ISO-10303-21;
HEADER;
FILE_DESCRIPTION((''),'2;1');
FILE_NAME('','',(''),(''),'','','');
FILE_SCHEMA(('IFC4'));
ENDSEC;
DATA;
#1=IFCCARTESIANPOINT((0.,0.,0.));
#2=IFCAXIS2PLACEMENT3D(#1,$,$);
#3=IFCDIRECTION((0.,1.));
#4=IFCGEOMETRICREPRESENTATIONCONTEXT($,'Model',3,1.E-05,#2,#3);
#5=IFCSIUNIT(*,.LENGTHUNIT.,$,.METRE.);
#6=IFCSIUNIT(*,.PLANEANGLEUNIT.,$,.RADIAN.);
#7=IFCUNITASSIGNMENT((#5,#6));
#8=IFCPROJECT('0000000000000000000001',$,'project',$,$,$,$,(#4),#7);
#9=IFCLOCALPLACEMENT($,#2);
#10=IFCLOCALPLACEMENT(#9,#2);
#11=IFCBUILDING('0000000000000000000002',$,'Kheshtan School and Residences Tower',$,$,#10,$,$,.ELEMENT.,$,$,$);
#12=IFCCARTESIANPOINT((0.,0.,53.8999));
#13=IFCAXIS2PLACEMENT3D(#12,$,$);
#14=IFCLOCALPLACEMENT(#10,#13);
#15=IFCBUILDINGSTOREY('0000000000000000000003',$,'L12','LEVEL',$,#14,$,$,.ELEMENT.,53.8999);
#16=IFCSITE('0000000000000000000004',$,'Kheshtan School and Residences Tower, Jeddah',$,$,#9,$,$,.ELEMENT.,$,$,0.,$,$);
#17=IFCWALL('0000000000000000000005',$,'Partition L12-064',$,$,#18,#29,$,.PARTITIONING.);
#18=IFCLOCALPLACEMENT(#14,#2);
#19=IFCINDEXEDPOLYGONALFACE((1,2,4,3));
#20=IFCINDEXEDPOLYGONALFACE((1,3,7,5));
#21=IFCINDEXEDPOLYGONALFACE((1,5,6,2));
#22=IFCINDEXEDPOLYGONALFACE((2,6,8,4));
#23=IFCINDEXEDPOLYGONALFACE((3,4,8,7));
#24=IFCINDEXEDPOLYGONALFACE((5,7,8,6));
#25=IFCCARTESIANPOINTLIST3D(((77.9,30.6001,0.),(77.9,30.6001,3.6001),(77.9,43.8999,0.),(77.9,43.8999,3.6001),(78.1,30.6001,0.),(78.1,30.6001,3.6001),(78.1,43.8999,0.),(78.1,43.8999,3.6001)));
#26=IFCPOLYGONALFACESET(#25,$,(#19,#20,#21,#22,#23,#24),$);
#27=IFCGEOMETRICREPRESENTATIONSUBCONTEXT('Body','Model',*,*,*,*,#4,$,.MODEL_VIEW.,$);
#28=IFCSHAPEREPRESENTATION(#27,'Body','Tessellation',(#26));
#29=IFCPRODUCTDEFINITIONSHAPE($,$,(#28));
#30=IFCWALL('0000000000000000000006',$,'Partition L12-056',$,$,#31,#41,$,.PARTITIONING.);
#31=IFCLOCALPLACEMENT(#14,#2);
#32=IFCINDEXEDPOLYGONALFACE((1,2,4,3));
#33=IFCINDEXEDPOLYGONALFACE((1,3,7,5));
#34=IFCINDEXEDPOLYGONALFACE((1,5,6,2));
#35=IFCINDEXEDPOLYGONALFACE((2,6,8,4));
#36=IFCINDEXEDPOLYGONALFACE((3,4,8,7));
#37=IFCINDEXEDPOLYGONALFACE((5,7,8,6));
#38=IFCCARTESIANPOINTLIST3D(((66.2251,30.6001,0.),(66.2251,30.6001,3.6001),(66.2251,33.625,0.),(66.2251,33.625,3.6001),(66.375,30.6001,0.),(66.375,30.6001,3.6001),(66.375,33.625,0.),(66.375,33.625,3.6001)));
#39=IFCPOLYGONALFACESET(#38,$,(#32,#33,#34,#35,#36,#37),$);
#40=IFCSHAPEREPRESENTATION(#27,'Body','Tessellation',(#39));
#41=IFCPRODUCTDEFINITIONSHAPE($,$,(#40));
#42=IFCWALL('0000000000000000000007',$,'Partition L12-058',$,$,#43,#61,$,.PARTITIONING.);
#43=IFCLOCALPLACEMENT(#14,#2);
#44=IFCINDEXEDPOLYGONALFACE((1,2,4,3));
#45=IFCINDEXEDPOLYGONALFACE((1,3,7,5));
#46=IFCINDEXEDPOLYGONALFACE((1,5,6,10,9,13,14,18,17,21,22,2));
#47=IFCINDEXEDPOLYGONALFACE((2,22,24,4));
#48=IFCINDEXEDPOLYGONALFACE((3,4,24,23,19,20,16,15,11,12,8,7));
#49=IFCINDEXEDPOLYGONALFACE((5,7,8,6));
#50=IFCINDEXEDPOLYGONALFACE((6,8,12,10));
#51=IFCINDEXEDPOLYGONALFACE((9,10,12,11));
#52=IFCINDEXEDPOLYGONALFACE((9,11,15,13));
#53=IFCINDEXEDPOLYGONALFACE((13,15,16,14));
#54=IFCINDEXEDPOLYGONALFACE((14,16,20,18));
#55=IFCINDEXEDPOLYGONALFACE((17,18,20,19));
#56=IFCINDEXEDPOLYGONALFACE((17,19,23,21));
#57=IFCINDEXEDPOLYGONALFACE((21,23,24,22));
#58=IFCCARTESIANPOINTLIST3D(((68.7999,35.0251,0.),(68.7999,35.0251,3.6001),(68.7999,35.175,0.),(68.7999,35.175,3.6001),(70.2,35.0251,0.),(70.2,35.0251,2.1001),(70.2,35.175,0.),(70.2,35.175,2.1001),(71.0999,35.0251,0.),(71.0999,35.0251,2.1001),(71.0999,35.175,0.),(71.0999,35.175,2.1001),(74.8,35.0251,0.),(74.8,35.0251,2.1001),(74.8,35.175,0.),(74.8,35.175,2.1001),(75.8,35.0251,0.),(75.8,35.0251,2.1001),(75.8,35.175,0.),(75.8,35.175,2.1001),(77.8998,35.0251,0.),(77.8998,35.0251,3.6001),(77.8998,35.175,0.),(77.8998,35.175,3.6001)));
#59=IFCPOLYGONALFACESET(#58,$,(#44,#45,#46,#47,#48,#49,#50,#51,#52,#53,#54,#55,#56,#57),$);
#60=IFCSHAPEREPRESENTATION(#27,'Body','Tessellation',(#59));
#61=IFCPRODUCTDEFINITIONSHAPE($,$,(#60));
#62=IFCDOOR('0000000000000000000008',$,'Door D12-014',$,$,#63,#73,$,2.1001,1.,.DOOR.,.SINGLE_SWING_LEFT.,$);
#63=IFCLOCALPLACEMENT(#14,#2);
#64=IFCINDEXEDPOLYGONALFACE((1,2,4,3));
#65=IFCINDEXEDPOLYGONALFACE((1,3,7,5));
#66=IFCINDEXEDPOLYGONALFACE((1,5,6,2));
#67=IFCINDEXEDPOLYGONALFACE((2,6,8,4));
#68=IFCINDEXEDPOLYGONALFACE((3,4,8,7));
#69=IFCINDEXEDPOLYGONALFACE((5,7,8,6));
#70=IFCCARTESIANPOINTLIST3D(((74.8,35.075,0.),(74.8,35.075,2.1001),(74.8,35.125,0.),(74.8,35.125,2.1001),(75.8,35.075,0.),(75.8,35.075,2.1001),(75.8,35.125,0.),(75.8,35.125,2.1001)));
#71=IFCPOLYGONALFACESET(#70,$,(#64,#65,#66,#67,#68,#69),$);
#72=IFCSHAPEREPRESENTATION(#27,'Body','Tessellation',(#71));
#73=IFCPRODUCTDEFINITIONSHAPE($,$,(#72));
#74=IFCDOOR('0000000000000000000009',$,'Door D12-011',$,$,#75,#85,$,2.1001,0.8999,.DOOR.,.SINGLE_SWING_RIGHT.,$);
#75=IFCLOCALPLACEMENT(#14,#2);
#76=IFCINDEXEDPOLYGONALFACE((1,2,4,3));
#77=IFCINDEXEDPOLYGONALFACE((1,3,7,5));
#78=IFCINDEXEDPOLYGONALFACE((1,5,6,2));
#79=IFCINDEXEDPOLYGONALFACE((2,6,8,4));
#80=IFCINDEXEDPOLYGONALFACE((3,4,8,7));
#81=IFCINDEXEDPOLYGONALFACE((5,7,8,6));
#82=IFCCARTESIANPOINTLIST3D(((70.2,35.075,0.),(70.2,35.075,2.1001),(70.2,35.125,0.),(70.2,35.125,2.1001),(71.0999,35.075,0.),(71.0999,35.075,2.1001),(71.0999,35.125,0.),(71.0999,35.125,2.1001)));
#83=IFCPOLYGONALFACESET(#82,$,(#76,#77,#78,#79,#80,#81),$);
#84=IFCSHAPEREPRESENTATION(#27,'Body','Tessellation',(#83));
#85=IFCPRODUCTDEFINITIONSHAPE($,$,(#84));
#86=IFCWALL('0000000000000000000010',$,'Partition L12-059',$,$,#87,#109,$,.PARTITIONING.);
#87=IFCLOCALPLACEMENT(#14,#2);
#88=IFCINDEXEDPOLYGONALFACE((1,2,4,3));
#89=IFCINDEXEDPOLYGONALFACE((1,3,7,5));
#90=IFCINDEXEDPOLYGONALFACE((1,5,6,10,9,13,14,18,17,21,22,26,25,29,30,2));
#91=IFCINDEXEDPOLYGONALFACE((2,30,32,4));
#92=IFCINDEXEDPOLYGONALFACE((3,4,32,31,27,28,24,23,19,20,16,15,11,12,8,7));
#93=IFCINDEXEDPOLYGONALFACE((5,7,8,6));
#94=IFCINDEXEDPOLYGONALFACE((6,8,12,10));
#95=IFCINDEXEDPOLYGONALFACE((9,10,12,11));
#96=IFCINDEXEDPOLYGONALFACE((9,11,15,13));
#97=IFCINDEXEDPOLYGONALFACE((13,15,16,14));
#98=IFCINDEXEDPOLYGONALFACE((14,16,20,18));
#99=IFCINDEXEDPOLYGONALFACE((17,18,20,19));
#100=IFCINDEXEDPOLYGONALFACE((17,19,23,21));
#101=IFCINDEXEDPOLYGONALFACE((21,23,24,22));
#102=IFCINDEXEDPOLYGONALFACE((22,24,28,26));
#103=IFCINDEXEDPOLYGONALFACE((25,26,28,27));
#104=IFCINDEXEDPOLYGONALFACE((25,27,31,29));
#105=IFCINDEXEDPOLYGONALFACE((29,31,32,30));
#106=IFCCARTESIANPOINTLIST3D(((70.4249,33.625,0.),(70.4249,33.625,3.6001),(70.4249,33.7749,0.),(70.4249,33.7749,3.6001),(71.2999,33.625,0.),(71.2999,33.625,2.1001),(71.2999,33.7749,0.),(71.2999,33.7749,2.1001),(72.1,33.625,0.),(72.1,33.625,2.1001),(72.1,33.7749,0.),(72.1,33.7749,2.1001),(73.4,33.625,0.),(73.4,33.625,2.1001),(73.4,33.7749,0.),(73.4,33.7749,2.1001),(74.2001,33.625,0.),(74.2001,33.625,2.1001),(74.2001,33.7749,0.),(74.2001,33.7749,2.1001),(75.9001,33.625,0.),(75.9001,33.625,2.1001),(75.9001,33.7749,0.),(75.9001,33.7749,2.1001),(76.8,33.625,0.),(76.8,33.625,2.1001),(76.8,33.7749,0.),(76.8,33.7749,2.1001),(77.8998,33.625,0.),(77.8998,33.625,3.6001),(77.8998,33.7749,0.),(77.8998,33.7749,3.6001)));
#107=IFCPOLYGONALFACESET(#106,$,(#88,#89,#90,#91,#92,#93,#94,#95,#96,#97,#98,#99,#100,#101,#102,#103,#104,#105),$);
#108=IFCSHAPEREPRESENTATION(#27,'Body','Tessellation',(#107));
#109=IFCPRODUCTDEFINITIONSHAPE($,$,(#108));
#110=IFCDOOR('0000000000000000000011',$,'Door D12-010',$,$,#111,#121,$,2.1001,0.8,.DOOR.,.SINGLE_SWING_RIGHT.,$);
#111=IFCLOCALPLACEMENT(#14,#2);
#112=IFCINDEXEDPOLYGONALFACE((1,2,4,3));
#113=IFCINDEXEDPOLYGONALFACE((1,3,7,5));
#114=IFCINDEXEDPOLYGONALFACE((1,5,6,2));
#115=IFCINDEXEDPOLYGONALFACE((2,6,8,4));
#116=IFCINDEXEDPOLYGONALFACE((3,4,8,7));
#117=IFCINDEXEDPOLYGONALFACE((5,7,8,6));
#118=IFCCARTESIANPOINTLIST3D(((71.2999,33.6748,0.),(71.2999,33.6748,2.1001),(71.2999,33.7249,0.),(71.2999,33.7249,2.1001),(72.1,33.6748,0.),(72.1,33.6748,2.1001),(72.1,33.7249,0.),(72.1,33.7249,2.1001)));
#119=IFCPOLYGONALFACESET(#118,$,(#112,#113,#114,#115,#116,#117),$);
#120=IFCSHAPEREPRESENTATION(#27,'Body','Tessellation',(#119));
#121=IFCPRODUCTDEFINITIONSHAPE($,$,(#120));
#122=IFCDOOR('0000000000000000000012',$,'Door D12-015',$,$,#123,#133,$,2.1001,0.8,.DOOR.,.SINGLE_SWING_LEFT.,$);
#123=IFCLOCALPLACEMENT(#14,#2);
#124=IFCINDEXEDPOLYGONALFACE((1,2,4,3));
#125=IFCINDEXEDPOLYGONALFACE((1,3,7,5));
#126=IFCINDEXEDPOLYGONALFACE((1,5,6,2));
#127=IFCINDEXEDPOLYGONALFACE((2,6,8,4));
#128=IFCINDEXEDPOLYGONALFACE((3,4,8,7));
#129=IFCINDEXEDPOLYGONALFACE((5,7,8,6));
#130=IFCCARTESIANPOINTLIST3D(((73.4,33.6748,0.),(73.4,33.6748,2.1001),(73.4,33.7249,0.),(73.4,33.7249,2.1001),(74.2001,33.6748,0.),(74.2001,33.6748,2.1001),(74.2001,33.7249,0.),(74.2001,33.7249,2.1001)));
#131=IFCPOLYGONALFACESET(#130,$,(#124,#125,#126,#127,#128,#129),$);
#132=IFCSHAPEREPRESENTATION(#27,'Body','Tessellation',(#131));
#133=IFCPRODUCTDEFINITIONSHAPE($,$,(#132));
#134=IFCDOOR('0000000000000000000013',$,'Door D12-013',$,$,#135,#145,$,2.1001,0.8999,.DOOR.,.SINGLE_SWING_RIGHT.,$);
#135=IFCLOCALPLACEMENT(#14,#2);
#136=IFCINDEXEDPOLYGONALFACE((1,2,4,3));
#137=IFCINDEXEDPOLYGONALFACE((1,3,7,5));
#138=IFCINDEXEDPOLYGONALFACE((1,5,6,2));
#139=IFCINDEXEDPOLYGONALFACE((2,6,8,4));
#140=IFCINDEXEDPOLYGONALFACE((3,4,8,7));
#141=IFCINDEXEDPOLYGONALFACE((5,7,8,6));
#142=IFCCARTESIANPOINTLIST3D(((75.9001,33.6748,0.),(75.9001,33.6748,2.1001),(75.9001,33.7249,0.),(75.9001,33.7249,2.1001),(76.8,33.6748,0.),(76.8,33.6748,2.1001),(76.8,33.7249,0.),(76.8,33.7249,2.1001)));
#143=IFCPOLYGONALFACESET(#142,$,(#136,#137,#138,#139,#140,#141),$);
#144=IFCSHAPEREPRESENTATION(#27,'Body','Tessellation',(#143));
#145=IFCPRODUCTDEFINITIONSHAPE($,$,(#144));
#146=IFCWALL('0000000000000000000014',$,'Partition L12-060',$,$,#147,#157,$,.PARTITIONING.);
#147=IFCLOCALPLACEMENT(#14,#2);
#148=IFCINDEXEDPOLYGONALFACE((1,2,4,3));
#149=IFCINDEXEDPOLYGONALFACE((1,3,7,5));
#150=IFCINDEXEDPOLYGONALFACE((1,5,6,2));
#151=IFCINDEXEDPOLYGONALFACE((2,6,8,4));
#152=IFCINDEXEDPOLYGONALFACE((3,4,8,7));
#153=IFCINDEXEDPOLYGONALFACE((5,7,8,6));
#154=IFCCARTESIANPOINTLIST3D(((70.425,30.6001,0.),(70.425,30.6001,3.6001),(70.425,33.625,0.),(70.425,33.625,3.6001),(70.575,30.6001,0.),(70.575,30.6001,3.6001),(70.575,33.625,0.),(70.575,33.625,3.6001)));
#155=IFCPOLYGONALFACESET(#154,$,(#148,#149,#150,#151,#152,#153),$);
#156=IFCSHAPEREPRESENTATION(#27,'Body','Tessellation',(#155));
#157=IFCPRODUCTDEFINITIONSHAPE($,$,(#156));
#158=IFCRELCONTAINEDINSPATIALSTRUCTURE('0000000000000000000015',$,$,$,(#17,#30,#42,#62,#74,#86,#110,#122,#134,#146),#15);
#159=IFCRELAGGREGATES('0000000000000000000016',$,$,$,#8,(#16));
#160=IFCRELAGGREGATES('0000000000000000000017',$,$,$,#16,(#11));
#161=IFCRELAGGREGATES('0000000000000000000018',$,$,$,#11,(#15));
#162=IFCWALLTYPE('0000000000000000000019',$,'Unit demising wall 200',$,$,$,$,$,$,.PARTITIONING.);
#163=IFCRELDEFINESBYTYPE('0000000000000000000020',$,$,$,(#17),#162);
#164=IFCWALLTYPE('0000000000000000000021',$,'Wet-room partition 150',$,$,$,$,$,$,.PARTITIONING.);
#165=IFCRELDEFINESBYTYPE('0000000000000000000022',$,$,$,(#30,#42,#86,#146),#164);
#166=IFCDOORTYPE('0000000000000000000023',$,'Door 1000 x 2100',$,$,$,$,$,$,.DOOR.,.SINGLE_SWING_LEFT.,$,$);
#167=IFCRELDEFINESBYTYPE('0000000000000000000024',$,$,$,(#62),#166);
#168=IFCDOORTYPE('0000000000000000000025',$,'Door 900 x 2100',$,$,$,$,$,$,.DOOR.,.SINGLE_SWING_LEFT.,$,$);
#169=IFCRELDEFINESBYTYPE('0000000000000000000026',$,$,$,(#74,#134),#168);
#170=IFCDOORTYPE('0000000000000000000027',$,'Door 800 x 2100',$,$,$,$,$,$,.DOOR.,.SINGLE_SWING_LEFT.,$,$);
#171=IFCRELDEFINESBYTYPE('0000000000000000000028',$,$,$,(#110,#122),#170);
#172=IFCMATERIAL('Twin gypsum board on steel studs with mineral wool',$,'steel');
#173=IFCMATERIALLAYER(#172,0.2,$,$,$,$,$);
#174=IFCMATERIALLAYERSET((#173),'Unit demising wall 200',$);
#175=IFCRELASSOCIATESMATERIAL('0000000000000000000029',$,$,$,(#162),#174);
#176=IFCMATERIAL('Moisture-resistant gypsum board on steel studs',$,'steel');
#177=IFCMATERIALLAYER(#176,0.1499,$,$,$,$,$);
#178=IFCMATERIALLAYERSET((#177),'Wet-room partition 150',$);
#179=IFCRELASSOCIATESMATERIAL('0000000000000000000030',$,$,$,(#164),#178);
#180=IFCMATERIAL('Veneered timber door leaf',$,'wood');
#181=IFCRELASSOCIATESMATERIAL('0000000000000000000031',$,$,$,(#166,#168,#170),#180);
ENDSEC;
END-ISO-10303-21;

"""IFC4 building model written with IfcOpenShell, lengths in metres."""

from ifc_helpers import new_model, si_unit, direction, frame, frame_2d, origin, place, context, subcontext, project, spatial, rectangle, extrude, source, transform, mapped, material, layer, layer_set, type_object, element, fill, save


model = new_model("IFC4")

# Units and contexts
model_context = context("Model", 3, precision=1e-05, world=origin(), true_north=direction((0.0, 1.0)))
body_context = subcontext(model_context, "Body", "Model", "MODEL_VIEW")
ifc_project = project(units=[si_unit("LENGTHUNIT", "METRE"), si_unit("PLANEANGLEUNIT", "RADIAN")], contexts=[model_context])

# Site, building, storey
site_placement = place(None, origin())
site = spatial("IfcSite", under=ifc_project, at=site_placement, Name="Kheshtan School and Residences Tower, Jeddah", CompositionType="ELEMENT", RefElevation=0.0)
building_placement = place(site_placement, origin())
building = spatial("IfcBuilding", under=site, at=building_placement, Name="Kheshtan School and Residences Tower", CompositionType="ELEMENT")
storey_placement = place(building_placement, frame((0.0, 0.0, 53.8999)))
storey = spatial("IfcBuildingStorey", under=building, at=storey_placement, Name="L12", Description="LEVEL", CompositionType="ELEMENT", Elevation=53.8999)

# Walls
ifc_material_1 = material(Name="Twin gypsum board on steel studs with mineral wool", Category="steel")
ifc_layer_1 = layer(ifc_material_1, 0.2)
ifc_layer_set_1 = layer_set([ifc_layer_1], Name="Unit demising wall 200")
wall_type_1 = type_object("IfcWallType", Name="Unit demising wall 200", PredefinedType="PARTITIONING", material=ifc_layer_set_1)
for number, where, z_axis, x_axis, name in (
    (1, (78.0, 30.6001, 0.0), (0.0, 0.0, 1.0), (0.0, 1.0, 0.0), "Partition L12-064"),
):
    element("IfcWall", number, at=place(storey_placement, frame(where, z_axis=z_axis, x_axis=x_axis)), inside=storey, type_object=wall_type_1, Name=name, PredefinedType="PARTITIONING", context=body_context, shape_type="SweptSolid", body=[
        extrude(rectangle(XDim=13.2998, YDim=0.2, at=frame_2d((6.6499, 0.0))), origin(), (0.0, 0.0, 1.0), 3.6001),
    ])
ifc_material_2 = material(Name="Moisture-resistant gypsum board on steel studs", Category="steel")
ifc_layer_2 = layer(ifc_material_2, 0.1499)
ifc_layer_set_2 = layer_set([ifc_layer_2], Name="Wet-room partition 150")
wall_type_2 = type_object("IfcWallType", Name="Wet-room partition 150", PredefinedType="PARTITIONING", material=ifc_layer_set_2)
wall_1_placement = place(storey_placement, frame((66.3, 30.6001, 0.0), z_axis=(0.0, 0.0, 1.0), x_axis=(0.0, 1.0, 0.0)))
element("IfcWall", 2, at=wall_1_placement, inside=storey, type_object=wall_type_2, Name="Partition L12-056", PredefinedType="PARTITIONING", context=body_context, shape_type="SweptSolid", body=[
    extrude(rectangle(XDim=3.0249, YDim=0.1499, at=frame_2d((1.5125, 0.0))), origin(), (0.0, 0.0, 1.0), 3.6001),
])

# Walls, openings, doors
wall_2_placement = place(storey_placement, frame((68.8, 35.1001, 0.0), z_axis=(0.0, 0.0, 1.0), x_axis=(1.0, 0.0, 0.0)))
wall_2 = element("IfcWall", 3, at=wall_2_placement, inside=storey, type_object=wall_type_2, Name="Partition L12-058", PredefinedType="PARTITIONING", context=body_context, shape_type="SweptSolid", body=[
    extrude(rectangle(XDim=9.0999, YDim=0.1499, at=frame_2d((4.5498, 0.0))), origin(), (0.0, 0.0, 1.0), 3.6001),
])
opening_1_placement = place(wall_2_placement, frame((1.3999, 0.0, 0.0)))
opening_1 = element("IfcOpeningElement", 4, at=opening_1_placement, cuts=wall_2, PredefinedType="OPENING", context=body_context, shape_type="SweptSolid", body=[
    extrude(rectangle(XDim=0.8999, YDim=2.1001, at=frame_2d((0.45, 1.05))), frame((0.0, 0.085, 0.0), z_axis=(0.0, -1.0, 0.0), x_axis=(1.0, 0.0, 0.0)), (0.0, 0.0, 1.0), 0.1699),
])
opening_2_placement = place(wall_2_placement, frame((6.0, 0.0, 0.0)))
opening_2 = element("IfcOpeningElement", 5, at=opening_2_placement, cuts=wall_2, PredefinedType="OPENING", context=body_context, shape_type="SweptSolid", body=[
    extrude(rectangle(XDim=1.0, YDim=2.1001, at=frame_2d((0.5, 1.05))), frame((0.0, 0.085, 0.0), z_axis=(0.0, -1.0, 0.0), x_axis=(1.0, 0.0, 0.0)), (0.0, 0.0, 1.0), 0.1699),
])
ifc_material_3 = material(Name="Veneered timber door leaf", Category="wood")
door_type_1 = type_object("IfcDoorType", Name="Door 1000 x 2100", OperationType="SINGLE_SWING_LEFT", PredefinedType="DOOR", material=ifc_material_3)
shared_shape_1 = source(origin(), body_context, "Body", "SweptSolid", [
    extrude(rectangle(XDim=1.0, YDim=2.1001, at=frame_2d((0.5, 1.05))), frame((0.0, 0.0249, 0.0), z_axis=(0.0, -1.0, 0.0), x_axis=(1.0, 0.0, 0.0)), (0.0, 0.0, 1.0), 0.05),
])
door_1_placement = place(opening_2_placement, origin())
door_1 = element("IfcDoor", 6, at=door_1_placement, inside=storey, type_object=door_type_1, Name="Door D12-014", OperationType="SINGLE_SWING_LEFT", OverallHeight=2.1001, OverallWidth=1.0, PredefinedType="DOOR", context=body_context, shape_type="MappedRepresentation", body=[
    mapped(shared_shape_1, transform((0.0, 0.0, 0.0), x_axis=(1.0, 0.0, 0.0), y_axis=(0.0, 1.0, 0.0), z_axis=(0.0, 0.0, 1.0), scale=1.0)),
])
fill(opening_2, door_1)
door_type_2 = type_object("IfcDoorType", Name="Door 900 x 2100", OperationType="SINGLE_SWING_LEFT", PredefinedType="DOOR", material=ifc_material_3)
shared_shape_2 = source(origin(), body_context, "Body", "SweptSolid", [
    extrude(rectangle(XDim=0.8999, YDim=2.1001, at=frame_2d((0.45, 1.05))), frame((0.0, 0.0249, 0.0), z_axis=(0.0, -1.0, 0.0), x_axis=(1.0, 0.0, 0.0)), (0.0, 0.0, 1.0), 0.05),
])
door_2_placement = place(opening_1_placement, origin())
door_2 = element("IfcDoor", 7, at=door_2_placement, inside=storey, type_object=door_type_2, Name="Door D12-011", OperationType="SINGLE_SWING_RIGHT", OverallHeight=2.1001, OverallWidth=0.8999, PredefinedType="DOOR", context=body_context, shape_type="MappedRepresentation", body=[
    mapped(shared_shape_2, transform((0.0, 0.0, 0.0), x_axis=(1.0, 0.0, 0.0), y_axis=(0.0, 1.0, 0.0), z_axis=(0.0, 0.0, 1.0), scale=1.0)),
])
fill(opening_1, door_2)
wall_3_placement = place(storey_placement, frame((70.425, 33.7, 0.0), z_axis=(0.0, 0.0, 1.0), x_axis=(1.0, 0.0, 0.0)))
wall_3 = element("IfcWall", 8, at=wall_3_placement, inside=storey, type_object=wall_type_2, Name="Partition L12-059", PredefinedType="PARTITIONING", context=body_context, shape_type="SweptSolid", body=[
    extrude(rectangle(XDim=7.4749, YDim=0.1499, at=frame_2d((3.7373, 0.0))), origin(), (0.0, 0.0, 1.0), 3.6001),
])
opening_3_placement = place(wall_3_placement, frame((0.875, 0.0, 0.0)))
opening_3 = element("IfcOpeningElement", 9, at=opening_3_placement, cuts=wall_3, PredefinedType="OPENING", context=body_context, shape_type="SweptSolid", body=[
    extrude(rectangle(XDim=0.8, YDim=2.1001, at=frame_2d((0.3999, 1.05))), frame((0.0, 0.085, 0.0), z_axis=(0.0, -1.0, 0.0), x_axis=(1.0, 0.0, 0.0)), (0.0, 0.0, 1.0), 0.1699),
])
opening_4_placement = place(wall_3_placement, frame((5.4751, 0.0, 0.0)))
opening_4 = element("IfcOpeningElement", 10, at=opening_4_placement, cuts=wall_3, PredefinedType="OPENING", context=body_context, shape_type="SweptSolid", body=[
    extrude(rectangle(XDim=0.8999, YDim=2.1001, at=frame_2d((0.45, 1.05))), frame((0.0, 0.085, 0.0), z_axis=(0.0, -1.0, 0.0), x_axis=(1.0, 0.0, 0.0)), (0.0, 0.0, 1.0), 0.1699),
])
opening_5_placement = place(wall_3_placement, frame((2.9751, 0.0, 0.0)))
opening_5 = element("IfcOpeningElement", 11, at=opening_5_placement, cuts=wall_3, PredefinedType="OPENING", context=body_context, shape_type="SweptSolid", body=[
    extrude(rectangle(XDim=0.8, YDim=2.1001, at=frame_2d((0.3999, 1.05))), frame((0.0, 0.085, 0.0), z_axis=(0.0, -1.0, 0.0), x_axis=(1.0, 0.0, 0.0)), (0.0, 0.0, 1.0), 0.1699),
])
door_type_3 = type_object("IfcDoorType", Name="Door 800 x 2100", OperationType="SINGLE_SWING_LEFT", PredefinedType="DOOR", material=ifc_material_3)
shared_shape_3 = source(origin(), body_context, "Body", "SweptSolid", [
    extrude(rectangle(XDim=0.8, YDim=2.1001, at=frame_2d((0.3999, 1.05))), frame((0.0, 0.0249, 0.0), z_axis=(0.0, -1.0, 0.0), x_axis=(1.0, 0.0, 0.0)), (0.0, 0.0, 1.0), 0.05),
])
door_3_placement = place(opening_3_placement, origin())
door_3 = element("IfcDoor", 12, at=door_3_placement, inside=storey, type_object=door_type_3, Name="Door D12-010", OperationType="SINGLE_SWING_RIGHT", OverallHeight=2.1001, OverallWidth=0.8, PredefinedType="DOOR", context=body_context, shape_type="MappedRepresentation", body=[
    mapped(shared_shape_3, transform((0.0, 0.0, 0.0), x_axis=(1.0, 0.0, 0.0), y_axis=(0.0, 1.0, 0.0), z_axis=(0.0, 0.0, 1.0), scale=1.0)),
])
fill(opening_3, door_3)
door_4_placement = place(opening_5_placement, origin())
door_4 = element("IfcDoor", 13, at=door_4_placement, inside=storey, type_object=door_type_3, Name="Door D12-015", OperationType="SINGLE_SWING_LEFT", OverallHeight=2.1001, OverallWidth=0.8, PredefinedType="DOOR", context=body_context, shape_type="MappedRepresentation", body=[
    mapped(shared_shape_3, transform((0.0, 0.0, 0.0), x_axis=(1.0, 0.0, 0.0), y_axis=(0.0, 1.0, 0.0), z_axis=(0.0, 0.0, 1.0), scale=1.0)),
])
fill(opening_5, door_4)
door_5_placement = place(opening_4_placement, origin())
door_5 = element("IfcDoor", 14, at=door_5_placement, inside=storey, type_object=door_type_2, Name="Door D12-013", OperationType="SINGLE_SWING_RIGHT", OverallHeight=2.1001, OverallWidth=0.8999, PredefinedType="DOOR", context=body_context, shape_type="MappedRepresentation", body=[
    mapped(shared_shape_2, transform((0.0, 0.0, 0.0), x_axis=(1.0, 0.0, 0.0), y_axis=(0.0, 1.0, 0.0), z_axis=(0.0, 0.0, 1.0), scale=1.0)),
])
fill(opening_4, door_5)

# Wall
for number, where, z_axis, x_axis, name in (
    (15, (70.5, 30.6001, 0.0), (0.0, 0.0, 1.0), (0.0, 1.0, 0.0), "Partition L12-060"),
):
    element("IfcWall", number, at=place(storey_placement, frame(where, z_axis=z_axis, x_axis=x_axis)), inside=storey, type_object=wall_type_2, Name=name, PredefinedType="PARTITIONING", context=body_context, shape_type="SweptSolid", body=[
        extrude(rectangle(XDim=3.0249, YDim=0.1499, at=frame_2d((1.5125, 0.0))), origin(), (0.0, 0.0, 1.0), 3.6001),
    ])

save(model, "model.ifc")
